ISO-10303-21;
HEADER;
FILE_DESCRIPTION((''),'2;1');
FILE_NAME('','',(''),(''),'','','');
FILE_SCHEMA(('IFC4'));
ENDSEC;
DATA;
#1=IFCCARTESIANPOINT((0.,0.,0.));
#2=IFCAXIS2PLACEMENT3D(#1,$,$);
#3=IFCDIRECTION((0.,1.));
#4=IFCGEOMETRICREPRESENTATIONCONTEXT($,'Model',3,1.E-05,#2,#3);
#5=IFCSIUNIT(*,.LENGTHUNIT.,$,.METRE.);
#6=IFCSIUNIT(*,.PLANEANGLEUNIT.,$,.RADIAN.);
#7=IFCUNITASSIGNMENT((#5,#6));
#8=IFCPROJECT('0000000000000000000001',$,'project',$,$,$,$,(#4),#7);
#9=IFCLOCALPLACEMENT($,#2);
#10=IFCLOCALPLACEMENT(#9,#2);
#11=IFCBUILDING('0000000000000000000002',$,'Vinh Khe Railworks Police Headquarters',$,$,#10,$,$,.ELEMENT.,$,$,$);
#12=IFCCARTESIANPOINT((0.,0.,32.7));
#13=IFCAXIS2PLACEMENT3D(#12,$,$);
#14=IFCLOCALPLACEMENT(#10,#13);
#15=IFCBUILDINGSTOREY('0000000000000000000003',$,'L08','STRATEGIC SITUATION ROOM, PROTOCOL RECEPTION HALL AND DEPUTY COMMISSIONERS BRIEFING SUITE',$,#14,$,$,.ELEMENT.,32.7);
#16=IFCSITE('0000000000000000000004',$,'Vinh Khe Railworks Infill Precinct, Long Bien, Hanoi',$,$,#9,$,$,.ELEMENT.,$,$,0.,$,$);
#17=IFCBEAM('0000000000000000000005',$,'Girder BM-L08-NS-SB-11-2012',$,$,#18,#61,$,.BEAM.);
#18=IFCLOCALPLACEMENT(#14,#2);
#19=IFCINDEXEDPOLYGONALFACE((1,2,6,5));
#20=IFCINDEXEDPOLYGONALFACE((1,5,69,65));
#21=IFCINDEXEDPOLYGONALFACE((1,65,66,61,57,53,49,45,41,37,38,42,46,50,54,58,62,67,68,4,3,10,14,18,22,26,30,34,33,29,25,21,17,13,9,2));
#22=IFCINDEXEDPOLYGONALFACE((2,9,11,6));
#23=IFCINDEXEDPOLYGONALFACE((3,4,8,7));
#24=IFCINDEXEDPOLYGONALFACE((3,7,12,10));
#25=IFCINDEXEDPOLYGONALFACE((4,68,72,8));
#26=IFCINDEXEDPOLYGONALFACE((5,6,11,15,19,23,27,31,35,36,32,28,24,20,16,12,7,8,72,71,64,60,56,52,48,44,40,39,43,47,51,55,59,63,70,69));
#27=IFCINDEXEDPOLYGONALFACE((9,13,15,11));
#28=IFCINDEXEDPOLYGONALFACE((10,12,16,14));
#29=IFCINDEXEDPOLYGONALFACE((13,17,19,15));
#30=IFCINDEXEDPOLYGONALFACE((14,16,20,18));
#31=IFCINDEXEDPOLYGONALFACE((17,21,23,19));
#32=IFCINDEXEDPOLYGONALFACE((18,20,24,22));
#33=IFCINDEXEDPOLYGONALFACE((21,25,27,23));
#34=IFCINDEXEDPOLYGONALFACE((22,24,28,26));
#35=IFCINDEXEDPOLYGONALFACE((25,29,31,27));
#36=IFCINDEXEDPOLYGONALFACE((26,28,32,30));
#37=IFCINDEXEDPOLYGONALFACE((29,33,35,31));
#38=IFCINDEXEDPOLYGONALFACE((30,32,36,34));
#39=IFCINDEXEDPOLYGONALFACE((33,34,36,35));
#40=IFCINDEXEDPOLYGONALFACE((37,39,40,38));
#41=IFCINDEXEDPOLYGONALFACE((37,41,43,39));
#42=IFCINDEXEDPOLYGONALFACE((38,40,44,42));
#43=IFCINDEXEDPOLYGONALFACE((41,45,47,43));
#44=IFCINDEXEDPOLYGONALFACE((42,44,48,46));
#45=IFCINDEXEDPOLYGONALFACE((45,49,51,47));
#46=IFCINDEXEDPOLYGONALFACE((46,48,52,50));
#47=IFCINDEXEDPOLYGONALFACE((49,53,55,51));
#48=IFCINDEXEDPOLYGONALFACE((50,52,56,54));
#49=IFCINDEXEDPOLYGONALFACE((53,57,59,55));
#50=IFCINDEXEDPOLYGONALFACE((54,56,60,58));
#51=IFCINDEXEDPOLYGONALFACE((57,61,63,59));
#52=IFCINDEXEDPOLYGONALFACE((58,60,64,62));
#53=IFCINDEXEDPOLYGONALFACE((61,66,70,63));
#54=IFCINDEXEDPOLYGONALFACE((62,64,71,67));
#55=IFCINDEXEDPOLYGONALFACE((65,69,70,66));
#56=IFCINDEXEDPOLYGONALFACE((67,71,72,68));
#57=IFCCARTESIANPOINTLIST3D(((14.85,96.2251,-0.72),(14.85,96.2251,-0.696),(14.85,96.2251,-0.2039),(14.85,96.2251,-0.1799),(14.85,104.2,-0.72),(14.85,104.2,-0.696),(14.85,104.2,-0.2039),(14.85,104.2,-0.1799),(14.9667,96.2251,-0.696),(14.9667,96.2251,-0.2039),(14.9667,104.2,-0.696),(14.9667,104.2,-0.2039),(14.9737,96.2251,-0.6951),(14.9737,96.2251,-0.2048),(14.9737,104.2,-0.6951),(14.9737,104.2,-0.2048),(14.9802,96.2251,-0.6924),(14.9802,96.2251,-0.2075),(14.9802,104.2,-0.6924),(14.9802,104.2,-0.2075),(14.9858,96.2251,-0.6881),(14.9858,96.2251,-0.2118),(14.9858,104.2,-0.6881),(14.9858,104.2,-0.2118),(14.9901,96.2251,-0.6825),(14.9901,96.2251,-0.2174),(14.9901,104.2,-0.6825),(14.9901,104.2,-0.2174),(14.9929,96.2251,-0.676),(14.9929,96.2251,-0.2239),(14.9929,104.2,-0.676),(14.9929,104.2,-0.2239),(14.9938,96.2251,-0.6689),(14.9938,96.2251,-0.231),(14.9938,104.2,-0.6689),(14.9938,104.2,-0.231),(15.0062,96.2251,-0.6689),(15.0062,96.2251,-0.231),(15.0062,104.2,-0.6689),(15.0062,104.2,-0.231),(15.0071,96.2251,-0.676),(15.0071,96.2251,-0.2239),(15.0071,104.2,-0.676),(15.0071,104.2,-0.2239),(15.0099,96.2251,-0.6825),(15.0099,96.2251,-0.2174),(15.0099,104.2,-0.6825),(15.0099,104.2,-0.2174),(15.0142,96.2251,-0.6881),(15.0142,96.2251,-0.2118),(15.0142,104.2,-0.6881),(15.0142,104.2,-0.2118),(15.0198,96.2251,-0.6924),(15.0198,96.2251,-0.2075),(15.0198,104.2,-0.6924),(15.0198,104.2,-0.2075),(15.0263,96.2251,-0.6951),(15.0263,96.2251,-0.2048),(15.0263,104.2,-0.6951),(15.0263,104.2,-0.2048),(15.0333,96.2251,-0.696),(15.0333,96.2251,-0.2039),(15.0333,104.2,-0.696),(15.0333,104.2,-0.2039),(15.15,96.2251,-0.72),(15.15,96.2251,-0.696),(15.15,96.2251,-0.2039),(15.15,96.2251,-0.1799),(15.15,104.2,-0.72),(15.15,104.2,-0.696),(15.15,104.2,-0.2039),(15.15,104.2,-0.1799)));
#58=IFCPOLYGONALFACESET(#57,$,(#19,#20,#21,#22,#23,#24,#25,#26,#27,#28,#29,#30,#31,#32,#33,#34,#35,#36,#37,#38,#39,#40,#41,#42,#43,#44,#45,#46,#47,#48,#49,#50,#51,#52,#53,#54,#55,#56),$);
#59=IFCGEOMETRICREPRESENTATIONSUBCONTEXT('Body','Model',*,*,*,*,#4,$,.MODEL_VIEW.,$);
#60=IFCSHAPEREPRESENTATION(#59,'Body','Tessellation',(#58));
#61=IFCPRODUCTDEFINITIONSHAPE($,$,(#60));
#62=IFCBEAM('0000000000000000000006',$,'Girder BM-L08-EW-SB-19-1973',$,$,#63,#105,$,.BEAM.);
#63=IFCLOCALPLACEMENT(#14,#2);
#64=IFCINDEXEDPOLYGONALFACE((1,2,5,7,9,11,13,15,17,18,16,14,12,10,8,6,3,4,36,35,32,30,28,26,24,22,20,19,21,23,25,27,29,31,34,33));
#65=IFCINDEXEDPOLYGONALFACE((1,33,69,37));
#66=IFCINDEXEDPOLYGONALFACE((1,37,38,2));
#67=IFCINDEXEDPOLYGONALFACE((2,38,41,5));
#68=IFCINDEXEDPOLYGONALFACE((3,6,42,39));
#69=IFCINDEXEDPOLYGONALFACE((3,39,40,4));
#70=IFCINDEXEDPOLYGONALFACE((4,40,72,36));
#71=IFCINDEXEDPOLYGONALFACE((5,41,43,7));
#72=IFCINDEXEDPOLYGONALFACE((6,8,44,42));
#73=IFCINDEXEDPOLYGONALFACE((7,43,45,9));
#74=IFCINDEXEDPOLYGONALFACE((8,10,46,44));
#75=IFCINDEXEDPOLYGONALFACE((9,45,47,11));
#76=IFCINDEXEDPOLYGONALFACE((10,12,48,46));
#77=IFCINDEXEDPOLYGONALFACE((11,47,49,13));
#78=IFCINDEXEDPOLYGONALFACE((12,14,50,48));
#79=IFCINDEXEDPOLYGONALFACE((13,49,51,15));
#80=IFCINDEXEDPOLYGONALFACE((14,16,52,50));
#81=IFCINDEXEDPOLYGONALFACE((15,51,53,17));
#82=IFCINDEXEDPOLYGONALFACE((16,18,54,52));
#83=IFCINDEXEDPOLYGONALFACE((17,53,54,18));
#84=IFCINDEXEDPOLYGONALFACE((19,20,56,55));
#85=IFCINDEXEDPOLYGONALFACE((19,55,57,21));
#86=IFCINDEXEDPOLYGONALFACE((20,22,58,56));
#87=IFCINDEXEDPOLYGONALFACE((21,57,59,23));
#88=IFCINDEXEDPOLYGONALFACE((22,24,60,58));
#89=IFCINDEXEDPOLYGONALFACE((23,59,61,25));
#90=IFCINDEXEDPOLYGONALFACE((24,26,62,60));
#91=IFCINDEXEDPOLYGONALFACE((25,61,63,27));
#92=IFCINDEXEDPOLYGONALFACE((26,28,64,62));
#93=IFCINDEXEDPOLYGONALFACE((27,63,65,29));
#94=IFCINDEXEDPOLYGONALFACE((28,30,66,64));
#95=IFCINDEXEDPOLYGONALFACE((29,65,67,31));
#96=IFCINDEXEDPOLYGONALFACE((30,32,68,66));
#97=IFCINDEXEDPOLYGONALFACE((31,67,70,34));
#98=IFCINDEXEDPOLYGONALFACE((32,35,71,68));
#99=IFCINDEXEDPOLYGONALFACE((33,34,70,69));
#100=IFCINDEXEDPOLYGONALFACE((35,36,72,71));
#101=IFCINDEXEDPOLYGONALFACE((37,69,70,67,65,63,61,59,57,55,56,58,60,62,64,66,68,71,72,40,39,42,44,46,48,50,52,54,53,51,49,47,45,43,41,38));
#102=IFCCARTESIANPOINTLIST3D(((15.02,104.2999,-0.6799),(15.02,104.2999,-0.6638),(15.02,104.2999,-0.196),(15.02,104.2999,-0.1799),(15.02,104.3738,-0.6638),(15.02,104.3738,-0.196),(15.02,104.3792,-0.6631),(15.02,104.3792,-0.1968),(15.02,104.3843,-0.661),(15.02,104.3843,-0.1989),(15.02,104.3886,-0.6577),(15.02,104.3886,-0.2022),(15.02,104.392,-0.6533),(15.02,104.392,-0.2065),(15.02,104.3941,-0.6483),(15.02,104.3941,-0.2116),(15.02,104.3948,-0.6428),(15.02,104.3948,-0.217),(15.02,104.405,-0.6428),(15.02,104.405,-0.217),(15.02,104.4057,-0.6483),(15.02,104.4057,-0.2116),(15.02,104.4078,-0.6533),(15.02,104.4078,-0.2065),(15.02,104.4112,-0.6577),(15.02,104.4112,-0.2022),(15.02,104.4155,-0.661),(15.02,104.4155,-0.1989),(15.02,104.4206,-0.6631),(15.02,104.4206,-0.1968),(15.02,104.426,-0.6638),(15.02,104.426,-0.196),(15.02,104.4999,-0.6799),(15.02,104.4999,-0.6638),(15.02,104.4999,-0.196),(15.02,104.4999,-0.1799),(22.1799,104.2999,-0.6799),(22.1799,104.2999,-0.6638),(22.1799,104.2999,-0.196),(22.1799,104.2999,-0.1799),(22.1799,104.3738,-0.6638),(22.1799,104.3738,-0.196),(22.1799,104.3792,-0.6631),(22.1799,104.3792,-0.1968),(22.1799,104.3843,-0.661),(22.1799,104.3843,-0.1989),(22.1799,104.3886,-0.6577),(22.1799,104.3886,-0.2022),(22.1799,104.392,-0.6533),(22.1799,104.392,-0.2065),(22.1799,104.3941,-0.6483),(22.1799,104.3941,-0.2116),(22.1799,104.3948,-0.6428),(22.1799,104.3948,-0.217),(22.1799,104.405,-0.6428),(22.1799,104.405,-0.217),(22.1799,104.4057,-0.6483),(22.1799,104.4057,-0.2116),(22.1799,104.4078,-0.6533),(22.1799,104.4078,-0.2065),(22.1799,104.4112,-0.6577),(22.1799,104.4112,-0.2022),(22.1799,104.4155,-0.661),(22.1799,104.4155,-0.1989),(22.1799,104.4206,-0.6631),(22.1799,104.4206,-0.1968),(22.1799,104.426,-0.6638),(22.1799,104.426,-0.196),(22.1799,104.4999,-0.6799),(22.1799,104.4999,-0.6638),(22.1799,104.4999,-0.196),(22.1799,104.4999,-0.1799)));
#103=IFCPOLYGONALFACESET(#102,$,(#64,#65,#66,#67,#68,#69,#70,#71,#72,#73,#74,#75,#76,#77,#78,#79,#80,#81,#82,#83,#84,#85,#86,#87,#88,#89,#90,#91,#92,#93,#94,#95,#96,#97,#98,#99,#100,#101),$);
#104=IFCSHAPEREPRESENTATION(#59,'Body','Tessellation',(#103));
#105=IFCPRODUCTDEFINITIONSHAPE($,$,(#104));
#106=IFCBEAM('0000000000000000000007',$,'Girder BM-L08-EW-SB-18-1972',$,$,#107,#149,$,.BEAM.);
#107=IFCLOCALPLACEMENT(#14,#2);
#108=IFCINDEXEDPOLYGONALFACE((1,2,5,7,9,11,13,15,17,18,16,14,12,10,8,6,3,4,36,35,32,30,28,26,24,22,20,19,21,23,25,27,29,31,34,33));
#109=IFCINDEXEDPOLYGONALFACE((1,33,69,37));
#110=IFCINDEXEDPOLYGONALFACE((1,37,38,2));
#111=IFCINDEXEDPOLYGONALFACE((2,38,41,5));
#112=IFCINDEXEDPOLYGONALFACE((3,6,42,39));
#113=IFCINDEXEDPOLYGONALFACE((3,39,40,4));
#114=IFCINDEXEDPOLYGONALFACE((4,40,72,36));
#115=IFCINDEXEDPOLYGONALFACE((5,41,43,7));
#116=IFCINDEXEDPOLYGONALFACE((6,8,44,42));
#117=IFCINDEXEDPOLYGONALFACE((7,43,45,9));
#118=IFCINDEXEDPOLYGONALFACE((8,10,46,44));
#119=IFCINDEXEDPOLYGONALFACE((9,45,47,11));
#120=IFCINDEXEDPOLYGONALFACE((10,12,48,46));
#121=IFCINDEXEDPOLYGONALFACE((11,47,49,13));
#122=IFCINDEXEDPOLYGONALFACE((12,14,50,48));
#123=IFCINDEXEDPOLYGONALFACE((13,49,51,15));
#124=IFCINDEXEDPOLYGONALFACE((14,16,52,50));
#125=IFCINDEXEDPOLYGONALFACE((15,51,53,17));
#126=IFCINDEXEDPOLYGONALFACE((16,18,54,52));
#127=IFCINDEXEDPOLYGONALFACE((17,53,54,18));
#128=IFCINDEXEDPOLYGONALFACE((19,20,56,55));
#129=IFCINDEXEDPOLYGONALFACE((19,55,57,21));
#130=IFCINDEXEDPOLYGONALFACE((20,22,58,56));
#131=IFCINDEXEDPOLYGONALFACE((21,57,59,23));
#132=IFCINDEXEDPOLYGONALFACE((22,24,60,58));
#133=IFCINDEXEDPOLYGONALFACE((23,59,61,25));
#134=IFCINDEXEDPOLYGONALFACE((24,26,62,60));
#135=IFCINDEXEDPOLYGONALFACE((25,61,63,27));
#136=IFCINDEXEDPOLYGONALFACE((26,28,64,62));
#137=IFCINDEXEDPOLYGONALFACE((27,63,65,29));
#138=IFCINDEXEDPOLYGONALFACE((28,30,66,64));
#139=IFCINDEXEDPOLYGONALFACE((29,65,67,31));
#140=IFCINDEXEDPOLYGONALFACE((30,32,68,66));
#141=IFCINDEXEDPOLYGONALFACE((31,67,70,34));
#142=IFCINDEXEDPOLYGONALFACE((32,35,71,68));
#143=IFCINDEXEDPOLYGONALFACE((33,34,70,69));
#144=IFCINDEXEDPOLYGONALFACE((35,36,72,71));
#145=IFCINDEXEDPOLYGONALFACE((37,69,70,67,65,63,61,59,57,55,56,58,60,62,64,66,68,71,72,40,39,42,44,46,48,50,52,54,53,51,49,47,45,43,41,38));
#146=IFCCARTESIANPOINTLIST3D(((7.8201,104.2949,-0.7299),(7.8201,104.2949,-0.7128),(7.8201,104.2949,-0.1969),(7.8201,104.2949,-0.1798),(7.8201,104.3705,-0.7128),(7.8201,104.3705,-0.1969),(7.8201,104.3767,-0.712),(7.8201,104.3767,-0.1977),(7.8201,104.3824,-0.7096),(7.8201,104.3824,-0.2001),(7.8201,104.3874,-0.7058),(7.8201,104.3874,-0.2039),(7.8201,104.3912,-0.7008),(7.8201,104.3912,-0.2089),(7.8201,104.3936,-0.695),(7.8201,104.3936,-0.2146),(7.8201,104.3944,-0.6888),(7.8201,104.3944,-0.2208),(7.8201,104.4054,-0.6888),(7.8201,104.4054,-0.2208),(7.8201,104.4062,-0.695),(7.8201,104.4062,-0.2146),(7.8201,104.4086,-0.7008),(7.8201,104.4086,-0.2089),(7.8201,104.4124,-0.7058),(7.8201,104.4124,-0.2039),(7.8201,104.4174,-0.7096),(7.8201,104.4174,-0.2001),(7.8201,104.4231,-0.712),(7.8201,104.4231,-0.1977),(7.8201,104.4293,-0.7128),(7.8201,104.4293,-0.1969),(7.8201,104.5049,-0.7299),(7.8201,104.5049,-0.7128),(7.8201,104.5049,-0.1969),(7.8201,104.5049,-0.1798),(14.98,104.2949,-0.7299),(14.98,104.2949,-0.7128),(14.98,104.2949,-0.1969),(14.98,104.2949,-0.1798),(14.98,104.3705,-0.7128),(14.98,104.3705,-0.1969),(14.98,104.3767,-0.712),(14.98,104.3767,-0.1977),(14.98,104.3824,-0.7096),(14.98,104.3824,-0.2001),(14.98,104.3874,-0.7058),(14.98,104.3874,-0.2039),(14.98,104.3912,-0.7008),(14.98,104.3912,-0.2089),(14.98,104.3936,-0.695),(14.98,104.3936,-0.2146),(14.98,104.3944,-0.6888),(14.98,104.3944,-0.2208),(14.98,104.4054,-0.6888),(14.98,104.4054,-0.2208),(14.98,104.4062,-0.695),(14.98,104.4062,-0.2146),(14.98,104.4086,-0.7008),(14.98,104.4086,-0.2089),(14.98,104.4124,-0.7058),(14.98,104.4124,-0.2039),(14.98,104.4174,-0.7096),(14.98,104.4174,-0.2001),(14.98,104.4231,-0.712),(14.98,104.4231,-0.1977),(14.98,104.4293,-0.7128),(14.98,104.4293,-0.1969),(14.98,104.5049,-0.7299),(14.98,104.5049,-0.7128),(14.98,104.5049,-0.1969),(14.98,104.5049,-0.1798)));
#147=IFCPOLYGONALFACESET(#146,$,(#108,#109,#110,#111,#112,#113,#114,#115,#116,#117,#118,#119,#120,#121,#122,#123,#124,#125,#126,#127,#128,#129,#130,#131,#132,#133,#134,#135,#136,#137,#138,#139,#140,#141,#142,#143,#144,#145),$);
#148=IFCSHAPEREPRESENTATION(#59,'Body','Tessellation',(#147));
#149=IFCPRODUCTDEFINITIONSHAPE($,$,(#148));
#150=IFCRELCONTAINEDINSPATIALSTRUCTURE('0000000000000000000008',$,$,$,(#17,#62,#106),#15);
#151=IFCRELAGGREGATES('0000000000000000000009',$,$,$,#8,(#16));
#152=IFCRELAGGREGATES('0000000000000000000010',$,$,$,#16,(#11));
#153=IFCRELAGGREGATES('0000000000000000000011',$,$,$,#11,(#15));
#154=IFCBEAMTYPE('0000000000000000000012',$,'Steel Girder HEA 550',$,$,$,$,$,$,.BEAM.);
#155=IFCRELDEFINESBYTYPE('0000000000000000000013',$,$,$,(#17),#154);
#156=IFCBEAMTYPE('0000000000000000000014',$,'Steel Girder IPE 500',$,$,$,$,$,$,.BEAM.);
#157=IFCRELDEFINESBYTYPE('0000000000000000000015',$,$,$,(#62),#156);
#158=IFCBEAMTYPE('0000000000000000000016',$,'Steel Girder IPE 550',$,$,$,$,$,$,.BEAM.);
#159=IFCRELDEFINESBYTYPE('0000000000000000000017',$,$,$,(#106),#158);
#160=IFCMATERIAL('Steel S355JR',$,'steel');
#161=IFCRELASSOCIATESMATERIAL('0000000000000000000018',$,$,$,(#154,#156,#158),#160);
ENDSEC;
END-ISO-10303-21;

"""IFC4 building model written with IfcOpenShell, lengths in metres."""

from ifc_helpers import new_model, si_unit, direction, frame, origin, origin_2d, place, context, subcontext, project, spatial, i_section, extrude, material, material_profile, profile_set, type_object, element, save


model = new_model("IFC4")

# Units and contexts
model_context = context("Model", 3, precision=1e-05, world=origin(), true_north=direction((0.0, 1.0)))
body_context = subcontext(model_context, "Body", "Model", "MODEL_VIEW")
ifc_project = project(units=[si_unit("LENGTHUNIT", "METRE"), si_unit("PLANEANGLEUNIT", "RADIAN")], contexts=[model_context])

# Site, building, storey
site_placement = place(None, origin())
site = spatial("IfcSite", under=ifc_project, at=site_placement, Name="Vinh Khe Railworks Infill Precinct, Long Bien, Hanoi", CompositionType="ELEMENT", RefElevation=0.0)
building_placement = place(site_placement, origin())
building = spatial("IfcBuilding", under=site, at=building_placement, Name="Vinh Khe Railworks Police Headquarters", CompositionType="ELEMENT")
storey_placement = place(building_placement, frame((0.0, 0.0, 32.7)))
storey = spatial("IfcBuildingStorey", under=building, at=storey_placement, Name="L08", Description="STRATEGIC SITUATION ROOM, PROTOCOL RECEPTION HALL AND DEPUTY COMMISSIONERS BRIEFING SUITE", CompositionType="ELEMENT", Elevation=32.7)

# Shared definitions
ifc_material_1 = material(Name="Steel S355JR", Category="steel")

# Beams
ifc_material_profile_1 = material_profile(ifc_material_1, i_section(OverallWidth=0.3, OverallDepth=0.54, WebThickness=0.0125, FlangeThickness=0.0239, FilletRadius=0.0271, at=origin_2d()), Name="HEA 550")
ifc_profile_set_1 = profile_set([ifc_material_profile_1], Name="Steel S355JR")
beam_type_1 = type_object("IfcBeamType", Name="Steel Girder HEA 550", PredefinedType="BEAM", material=ifc_profile_set_1)
beam_1_placement = place(storey_placement, frame((15.0, 96.2251, -0.45), z_axis=(0.0, 1.0, 0.0), x_axis=(-1.0, 0.0, 0.0)))
element("IfcBeam", 1, at=beam_1_placement, inside=storey, type_object=beam_type_1, Name="Girder BM-L08-NS-SB-11-2012", PredefinedType="BEAM", context=body_context, shape_type="SweptSolid", body=[
    extrude(i_section(OverallWidth=0.3, OverallDepth=0.54, WebThickness=0.0125, FlangeThickness=0.0239, FilletRadius=0.0271, at=origin_2d()), origin(), (0.0, 0.0, 1.0), 7.9749),
])
ifc_material_profile_2 = material_profile(ifc_material_1, i_section(OverallWidth=0.2, OverallDepth=0.5, WebThickness=0.0103, FlangeThickness=0.0161, FilletRadius=0.021, at=origin_2d()), Name="IPE 500")
ifc_profile_set_2 = profile_set([ifc_material_profile_2], Name="Steel S355JR")
beam_type_2 = type_object("IfcBeamType", Name="Steel Girder IPE 500", PredefinedType="BEAM", material=ifc_profile_set_2)
beam_2_placement = place(storey_placement, frame((15.02, 104.3999, -0.4299), z_axis=(1.0, 0.0, 0.0), x_axis=(0.0, 1.0, 0.0)))
element("IfcBeam", 2, at=beam_2_placement, inside=storey, type_object=beam_type_2, Name="Girder BM-L08-EW-SB-19-1973", PredefinedType="BEAM", context=body_context, shape_type="SweptSolid", body=[
    extrude(i_section(OverallWidth=0.2, OverallDepth=0.5, WebThickness=0.0103, FlangeThickness=0.0161, FilletRadius=0.021, at=origin_2d()), origin(), (0.0, 0.0, 1.0), 7.1599),
])
ifc_material_profile_3 = material_profile(ifc_material_1, i_section(OverallWidth=0.21, OverallDepth=0.55, WebThickness=0.011, FlangeThickness=0.0171, FilletRadius=0.0239, at=origin_2d()), Name="IPE 550")
ifc_profile_set_3 = profile_set([ifc_material_profile_3], Name="Steel S355JR")
beam_type_3 = type_object("IfcBeamType", Name="Steel Girder IPE 550", PredefinedType="BEAM", material=ifc_profile_set_3)
beam_3_placement = place(storey_placement, frame((7.8201, 104.3999, -0.4548), z_axis=(1.0, 0.0, 0.0), x_axis=(0.0, 1.0, 0.0)))
element("IfcBeam", 3, at=beam_3_placement, inside=storey, type_object=beam_type_3, Name="Girder BM-L08-EW-SB-18-1972", PredefinedType="BEAM", context=body_context, shape_type="SweptSolid", body=[
    extrude(i_section(OverallWidth=0.21, OverallDepth=0.55, WebThickness=0.011, FlangeThickness=0.0171, FilletRadius=0.0239, at=origin_2d()), origin(), (0.0, 0.0, 1.0), 7.1599),
])

save(model, "model.ifc")
